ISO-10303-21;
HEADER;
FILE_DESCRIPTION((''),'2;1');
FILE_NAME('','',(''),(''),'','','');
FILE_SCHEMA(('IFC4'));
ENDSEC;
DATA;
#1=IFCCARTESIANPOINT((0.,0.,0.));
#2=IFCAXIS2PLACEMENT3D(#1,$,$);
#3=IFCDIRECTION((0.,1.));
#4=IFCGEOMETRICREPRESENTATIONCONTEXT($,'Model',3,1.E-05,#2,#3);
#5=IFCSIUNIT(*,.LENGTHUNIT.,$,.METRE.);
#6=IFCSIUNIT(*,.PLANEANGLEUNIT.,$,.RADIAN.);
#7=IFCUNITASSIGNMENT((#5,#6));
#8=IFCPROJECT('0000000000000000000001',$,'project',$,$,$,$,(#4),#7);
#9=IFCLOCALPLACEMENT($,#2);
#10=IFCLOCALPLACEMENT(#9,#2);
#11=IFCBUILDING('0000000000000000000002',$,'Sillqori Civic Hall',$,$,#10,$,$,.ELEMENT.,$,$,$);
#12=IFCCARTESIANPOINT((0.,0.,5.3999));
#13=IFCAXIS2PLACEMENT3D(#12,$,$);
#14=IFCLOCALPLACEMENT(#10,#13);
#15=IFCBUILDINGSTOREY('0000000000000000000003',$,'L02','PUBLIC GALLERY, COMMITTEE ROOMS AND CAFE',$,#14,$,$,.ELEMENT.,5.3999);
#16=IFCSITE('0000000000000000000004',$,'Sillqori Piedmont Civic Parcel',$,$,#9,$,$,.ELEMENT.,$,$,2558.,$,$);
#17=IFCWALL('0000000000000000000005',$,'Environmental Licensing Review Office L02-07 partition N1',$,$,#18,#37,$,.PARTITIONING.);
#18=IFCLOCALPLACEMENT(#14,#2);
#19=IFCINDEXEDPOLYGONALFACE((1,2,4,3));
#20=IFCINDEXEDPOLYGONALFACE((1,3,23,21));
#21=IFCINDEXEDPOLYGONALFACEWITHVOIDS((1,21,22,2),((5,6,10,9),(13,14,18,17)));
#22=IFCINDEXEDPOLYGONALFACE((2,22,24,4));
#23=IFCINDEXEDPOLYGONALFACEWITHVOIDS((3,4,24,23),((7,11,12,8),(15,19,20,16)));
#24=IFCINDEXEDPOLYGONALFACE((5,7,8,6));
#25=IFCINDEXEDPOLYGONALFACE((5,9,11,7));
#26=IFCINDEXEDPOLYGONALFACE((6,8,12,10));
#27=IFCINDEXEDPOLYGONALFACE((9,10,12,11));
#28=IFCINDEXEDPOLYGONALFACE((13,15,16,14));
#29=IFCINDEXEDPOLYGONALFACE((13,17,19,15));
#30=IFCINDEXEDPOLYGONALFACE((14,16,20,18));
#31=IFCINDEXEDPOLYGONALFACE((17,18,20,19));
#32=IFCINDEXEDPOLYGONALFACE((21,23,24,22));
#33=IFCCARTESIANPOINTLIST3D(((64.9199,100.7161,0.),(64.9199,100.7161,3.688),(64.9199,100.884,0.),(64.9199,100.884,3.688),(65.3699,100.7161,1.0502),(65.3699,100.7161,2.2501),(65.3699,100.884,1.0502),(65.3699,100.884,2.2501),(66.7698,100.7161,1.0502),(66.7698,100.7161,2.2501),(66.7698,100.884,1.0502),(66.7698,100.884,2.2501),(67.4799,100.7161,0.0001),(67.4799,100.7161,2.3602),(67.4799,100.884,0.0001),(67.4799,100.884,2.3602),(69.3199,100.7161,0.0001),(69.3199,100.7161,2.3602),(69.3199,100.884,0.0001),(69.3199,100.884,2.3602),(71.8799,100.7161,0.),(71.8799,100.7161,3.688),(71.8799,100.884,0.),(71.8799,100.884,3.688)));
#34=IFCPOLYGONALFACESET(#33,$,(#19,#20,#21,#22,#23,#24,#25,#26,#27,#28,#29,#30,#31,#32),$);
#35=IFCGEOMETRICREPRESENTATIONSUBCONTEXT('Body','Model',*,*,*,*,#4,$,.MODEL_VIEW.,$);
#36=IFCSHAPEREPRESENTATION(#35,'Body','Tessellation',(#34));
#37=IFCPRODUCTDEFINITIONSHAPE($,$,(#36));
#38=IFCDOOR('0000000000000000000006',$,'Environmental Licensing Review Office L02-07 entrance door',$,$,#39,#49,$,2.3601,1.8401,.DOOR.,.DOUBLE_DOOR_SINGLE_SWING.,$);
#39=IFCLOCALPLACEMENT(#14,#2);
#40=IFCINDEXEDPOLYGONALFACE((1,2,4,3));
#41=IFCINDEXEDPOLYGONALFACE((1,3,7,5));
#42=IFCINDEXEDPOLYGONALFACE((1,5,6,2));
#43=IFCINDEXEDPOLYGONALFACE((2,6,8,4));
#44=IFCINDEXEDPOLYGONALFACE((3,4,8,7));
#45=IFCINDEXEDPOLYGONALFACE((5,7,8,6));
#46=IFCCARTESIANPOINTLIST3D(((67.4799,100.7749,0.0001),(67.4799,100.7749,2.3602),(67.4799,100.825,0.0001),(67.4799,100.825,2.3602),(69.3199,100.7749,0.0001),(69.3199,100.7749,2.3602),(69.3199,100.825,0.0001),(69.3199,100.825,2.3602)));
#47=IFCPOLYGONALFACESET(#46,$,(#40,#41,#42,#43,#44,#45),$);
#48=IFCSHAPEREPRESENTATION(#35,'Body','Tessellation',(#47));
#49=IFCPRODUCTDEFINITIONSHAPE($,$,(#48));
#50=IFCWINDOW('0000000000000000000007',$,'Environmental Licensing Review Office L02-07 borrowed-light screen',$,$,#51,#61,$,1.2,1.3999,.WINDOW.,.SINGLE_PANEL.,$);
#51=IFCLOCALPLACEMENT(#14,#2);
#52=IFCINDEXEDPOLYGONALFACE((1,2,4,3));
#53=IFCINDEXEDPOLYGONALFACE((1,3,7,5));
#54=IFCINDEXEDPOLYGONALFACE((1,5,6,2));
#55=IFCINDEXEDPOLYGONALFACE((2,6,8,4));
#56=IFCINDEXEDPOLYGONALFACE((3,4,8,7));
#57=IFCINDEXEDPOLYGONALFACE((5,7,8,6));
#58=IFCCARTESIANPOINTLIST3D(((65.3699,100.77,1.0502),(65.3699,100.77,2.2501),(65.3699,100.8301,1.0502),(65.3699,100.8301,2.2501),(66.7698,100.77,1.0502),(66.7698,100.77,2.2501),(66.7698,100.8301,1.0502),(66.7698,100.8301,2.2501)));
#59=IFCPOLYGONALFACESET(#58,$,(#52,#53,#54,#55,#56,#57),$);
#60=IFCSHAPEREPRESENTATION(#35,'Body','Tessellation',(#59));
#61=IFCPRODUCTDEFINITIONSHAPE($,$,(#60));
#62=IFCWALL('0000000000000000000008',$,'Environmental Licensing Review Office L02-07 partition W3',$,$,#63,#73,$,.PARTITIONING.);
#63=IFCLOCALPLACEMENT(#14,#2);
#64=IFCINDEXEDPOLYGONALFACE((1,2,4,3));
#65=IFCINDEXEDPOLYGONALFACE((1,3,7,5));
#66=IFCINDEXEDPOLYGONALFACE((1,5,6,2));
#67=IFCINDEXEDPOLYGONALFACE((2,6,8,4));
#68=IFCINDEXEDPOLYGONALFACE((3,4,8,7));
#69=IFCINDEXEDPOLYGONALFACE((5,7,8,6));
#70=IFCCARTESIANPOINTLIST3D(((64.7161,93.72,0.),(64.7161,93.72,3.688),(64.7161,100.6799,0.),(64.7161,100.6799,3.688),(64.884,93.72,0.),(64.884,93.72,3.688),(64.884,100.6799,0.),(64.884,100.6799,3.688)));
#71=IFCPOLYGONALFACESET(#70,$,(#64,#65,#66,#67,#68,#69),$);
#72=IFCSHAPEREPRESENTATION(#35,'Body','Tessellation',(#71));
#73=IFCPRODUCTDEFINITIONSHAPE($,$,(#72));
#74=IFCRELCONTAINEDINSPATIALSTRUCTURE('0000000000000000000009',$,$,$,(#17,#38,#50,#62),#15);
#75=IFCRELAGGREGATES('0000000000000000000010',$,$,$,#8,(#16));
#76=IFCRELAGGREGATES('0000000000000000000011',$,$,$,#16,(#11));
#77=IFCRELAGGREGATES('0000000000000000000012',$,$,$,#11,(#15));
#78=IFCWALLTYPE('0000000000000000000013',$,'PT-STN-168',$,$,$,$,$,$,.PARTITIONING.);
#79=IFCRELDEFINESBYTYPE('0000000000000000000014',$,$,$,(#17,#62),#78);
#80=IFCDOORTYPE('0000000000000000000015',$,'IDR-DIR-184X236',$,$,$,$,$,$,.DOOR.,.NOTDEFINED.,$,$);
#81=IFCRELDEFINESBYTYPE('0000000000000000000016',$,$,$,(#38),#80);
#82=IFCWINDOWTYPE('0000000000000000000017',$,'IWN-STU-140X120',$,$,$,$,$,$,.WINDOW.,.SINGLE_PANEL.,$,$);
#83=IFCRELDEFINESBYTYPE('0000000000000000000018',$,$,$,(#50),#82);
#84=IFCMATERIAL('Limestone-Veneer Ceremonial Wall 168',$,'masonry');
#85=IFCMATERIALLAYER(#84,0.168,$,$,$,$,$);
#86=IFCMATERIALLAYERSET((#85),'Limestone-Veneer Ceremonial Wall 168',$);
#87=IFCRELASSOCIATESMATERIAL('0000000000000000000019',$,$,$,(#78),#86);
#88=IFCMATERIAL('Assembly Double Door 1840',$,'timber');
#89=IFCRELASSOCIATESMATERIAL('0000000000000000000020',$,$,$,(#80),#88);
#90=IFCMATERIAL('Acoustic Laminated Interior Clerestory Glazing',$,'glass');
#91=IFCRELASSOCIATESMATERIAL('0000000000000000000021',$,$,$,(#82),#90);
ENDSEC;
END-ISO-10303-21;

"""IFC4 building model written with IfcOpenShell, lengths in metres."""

from ifc_helpers import new_model, si_unit, direction, frame, frame_2d, origin, place, context, subcontext, project, spatial, rectangle, extrude, material, layer, layer_set, type_object, element, fill, save


model = new_model("IFC4")

# Units and contexts
model_context = context("Model", 3, precision=1e-05, world=origin(), true_north=direction((0.0, 1.0)))
body_context = subcontext(model_context, "Body", "Model", "MODEL_VIEW")
ifc_project = project(units=[si_unit("LENGTHUNIT", "METRE"), si_unit("PLANEANGLEUNIT", "RADIAN")], contexts=[model_context])

# Site, building, storey
site_placement = place(None, origin())
site = spatial("IfcSite", under=ifc_project, at=site_placement, Name="Sillqori Piedmont Civic Parcel", CompositionType="ELEMENT", RefElevation=2558.0)
building_placement = place(site_placement, origin())
building = spatial("IfcBuilding", under=site, at=building_placement, Name="Sillqori Civic Hall", CompositionType="ELEMENT")
storey_placement = place(building_placement, frame((0.0, 0.0, 5.3999)))
storey = spatial("IfcBuildingStorey", under=building, at=storey_placement, Name="L02", Description="PUBLIC GALLERY, COMMITTEE ROOMS AND CAFE", CompositionType="ELEMENT", Elevation=5.3999)

# Wall, openings, door, window
ifc_material_1 = material(Name="Acoustic Laminated Interior Clerestory Glazing", Category="glass")
ifc_material_2 = material(Name="Limestone-Veneer Ceremonial Wall 168", Category="masonry")
ifc_layer_1 = layer(ifc_material_2, 0.168)
ifc_layer_set_1 = layer_set([ifc_layer_1], Name="Limestone-Veneer Ceremonial Wall 168")
wall_type_1 = type_object("IfcWallType", Name="PT-STN-168", PredefinedType="PARTITIONING", material=ifc_layer_set_1)
wall_1_placement = place(storey_placement, frame((64.9199, 100.8, 0.0), z_axis=(0.0, 0.0, 1.0), x_axis=(1.0, 0.0, 0.0)))
wall_1 = element("IfcWall", 1, at=wall_1_placement, inside=storey, type_object=wall_type_1, Name="Environmental Licensing Review Office L02-07 partition N1", PredefinedType="PARTITIONING", context=body_context, shape_type="SweptSolid", body=[
    extrude(rectangle(XDim=6.96, YDim=0.168, at=frame_2d((3.48, 0.0))), origin(), (0.0, 0.0, 1.0), 3.688),
])
opening_1_placement = place(wall_1_placement, frame((2.5601, 0.0, 0.0)))
opening_1 = element("IfcOpeningElement", 2, at=opening_1_placement, cuts=wall_1, PredefinedType="OPENING", context=body_context, shape_type="SweptSolid", body=[
    extrude(rectangle(XDim=1.8401, YDim=2.3601, at=frame_2d((0.9199, 1.1802))), frame((0.0, 0.094, 0.0), z_axis=(0.0, -1.0, 0.0), x_axis=(1.0, 0.0, 0.0)), (0.0, 0.0, 1.0), 0.188),
])
opening_2_placement = place(wall_1_placement, frame((0.45, 0.0, 1.05)))
opening_2 = element("IfcOpeningElement", 3, at=opening_2_placement, cuts=wall_1, PredefinedType="OPENING", context=body_context, shape_type="SweptSolid", body=[
    extrude(rectangle(XDim=1.3999, YDim=1.2, at=frame_2d((0.7, 0.6001))), frame((0.0, 0.094, 0.0), z_axis=(0.0, -1.0, 0.0), x_axis=(1.0, 0.0, 0.0)), (0.0, 0.0, 1.0), 0.188),
])
ifc_material_3 = material(Name="Assembly Double Door 1840", Category="timber")
door_type_1 = type_object("IfcDoorType", Name="IDR-DIR-184X236", OperationType="NOTDEFINED", PredefinedType="DOOR", material=ifc_material_3)
door_1_placement = place(opening_1_placement, origin())
door_1 = element("IfcDoor", 4, at=door_1_placement, inside=storey, type_object=door_type_1, Name="Environmental Licensing Review Office L02-07 entrance door", OperationType="DOUBLE_DOOR_SINGLE_SWING", OverallHeight=2.3601, OverallWidth=1.8401, PredefinedType="DOOR", context=body_context, shape_type="SweptSolid", body=[
    extrude(rectangle(XDim=1.8401, YDim=2.3601, at=frame_2d((0.9199, 1.1802))), frame((0.0, 0.0249, 0.0), z_axis=(0.0, -1.0, 0.0), x_axis=(1.0, 0.0, 0.0)), (0.0, 0.0, 1.0), 0.05),
])
fill(opening_1, door_1)
window_type_1 = type_object("IfcWindowType", Name="IWN-STU-140X120", PartitioningType="SINGLE_PANEL", PredefinedType="WINDOW", material=ifc_material_1)
window_1_placement = place(opening_2_placement, origin())
window_1 = element("IfcWindow", 5, at=window_1_placement, inside=storey, type_object=window_type_1, Name="Environmental Licensing Review Office L02-07 borrowed-light screen", OverallHeight=1.2, OverallWidth=1.3999, PartitioningType="SINGLE_PANEL", PredefinedType="WINDOW", context=body_context, shape_type="SweptSolid", body=[
    extrude(rectangle(XDim=1.3999, YDim=1.2, at=frame_2d((0.7, 0.6001))), frame((0.0, 0.03, 0.0), z_axis=(0.0, -1.0, 0.0), x_axis=(1.0, 0.0, 0.0)), (0.0, 0.0, 1.0), 0.0601),
])
fill(opening_2, window_1)

# Wall
wall_2_placement = place(storey_placement, frame((64.8, 93.72, 0.0), z_axis=(0.0, 0.0, 1.0), x_axis=(0.0, 1.0, 0.0)))
element("IfcWall", 6, at=wall_2_placement, inside=storey, type_object=wall_type_1, Name="Environmental Licensing Review Office L02-07 partition W3", PredefinedType="PARTITIONING", context=body_context, shape_type="SweptSolid", body=[
    extrude(rectangle(XDim=6.96, YDim=0.168, at=frame_2d((3.48, 0.0))), origin(), (0.0, 0.0, 1.0), 3.688),
])

save(model, "model.ifc")
